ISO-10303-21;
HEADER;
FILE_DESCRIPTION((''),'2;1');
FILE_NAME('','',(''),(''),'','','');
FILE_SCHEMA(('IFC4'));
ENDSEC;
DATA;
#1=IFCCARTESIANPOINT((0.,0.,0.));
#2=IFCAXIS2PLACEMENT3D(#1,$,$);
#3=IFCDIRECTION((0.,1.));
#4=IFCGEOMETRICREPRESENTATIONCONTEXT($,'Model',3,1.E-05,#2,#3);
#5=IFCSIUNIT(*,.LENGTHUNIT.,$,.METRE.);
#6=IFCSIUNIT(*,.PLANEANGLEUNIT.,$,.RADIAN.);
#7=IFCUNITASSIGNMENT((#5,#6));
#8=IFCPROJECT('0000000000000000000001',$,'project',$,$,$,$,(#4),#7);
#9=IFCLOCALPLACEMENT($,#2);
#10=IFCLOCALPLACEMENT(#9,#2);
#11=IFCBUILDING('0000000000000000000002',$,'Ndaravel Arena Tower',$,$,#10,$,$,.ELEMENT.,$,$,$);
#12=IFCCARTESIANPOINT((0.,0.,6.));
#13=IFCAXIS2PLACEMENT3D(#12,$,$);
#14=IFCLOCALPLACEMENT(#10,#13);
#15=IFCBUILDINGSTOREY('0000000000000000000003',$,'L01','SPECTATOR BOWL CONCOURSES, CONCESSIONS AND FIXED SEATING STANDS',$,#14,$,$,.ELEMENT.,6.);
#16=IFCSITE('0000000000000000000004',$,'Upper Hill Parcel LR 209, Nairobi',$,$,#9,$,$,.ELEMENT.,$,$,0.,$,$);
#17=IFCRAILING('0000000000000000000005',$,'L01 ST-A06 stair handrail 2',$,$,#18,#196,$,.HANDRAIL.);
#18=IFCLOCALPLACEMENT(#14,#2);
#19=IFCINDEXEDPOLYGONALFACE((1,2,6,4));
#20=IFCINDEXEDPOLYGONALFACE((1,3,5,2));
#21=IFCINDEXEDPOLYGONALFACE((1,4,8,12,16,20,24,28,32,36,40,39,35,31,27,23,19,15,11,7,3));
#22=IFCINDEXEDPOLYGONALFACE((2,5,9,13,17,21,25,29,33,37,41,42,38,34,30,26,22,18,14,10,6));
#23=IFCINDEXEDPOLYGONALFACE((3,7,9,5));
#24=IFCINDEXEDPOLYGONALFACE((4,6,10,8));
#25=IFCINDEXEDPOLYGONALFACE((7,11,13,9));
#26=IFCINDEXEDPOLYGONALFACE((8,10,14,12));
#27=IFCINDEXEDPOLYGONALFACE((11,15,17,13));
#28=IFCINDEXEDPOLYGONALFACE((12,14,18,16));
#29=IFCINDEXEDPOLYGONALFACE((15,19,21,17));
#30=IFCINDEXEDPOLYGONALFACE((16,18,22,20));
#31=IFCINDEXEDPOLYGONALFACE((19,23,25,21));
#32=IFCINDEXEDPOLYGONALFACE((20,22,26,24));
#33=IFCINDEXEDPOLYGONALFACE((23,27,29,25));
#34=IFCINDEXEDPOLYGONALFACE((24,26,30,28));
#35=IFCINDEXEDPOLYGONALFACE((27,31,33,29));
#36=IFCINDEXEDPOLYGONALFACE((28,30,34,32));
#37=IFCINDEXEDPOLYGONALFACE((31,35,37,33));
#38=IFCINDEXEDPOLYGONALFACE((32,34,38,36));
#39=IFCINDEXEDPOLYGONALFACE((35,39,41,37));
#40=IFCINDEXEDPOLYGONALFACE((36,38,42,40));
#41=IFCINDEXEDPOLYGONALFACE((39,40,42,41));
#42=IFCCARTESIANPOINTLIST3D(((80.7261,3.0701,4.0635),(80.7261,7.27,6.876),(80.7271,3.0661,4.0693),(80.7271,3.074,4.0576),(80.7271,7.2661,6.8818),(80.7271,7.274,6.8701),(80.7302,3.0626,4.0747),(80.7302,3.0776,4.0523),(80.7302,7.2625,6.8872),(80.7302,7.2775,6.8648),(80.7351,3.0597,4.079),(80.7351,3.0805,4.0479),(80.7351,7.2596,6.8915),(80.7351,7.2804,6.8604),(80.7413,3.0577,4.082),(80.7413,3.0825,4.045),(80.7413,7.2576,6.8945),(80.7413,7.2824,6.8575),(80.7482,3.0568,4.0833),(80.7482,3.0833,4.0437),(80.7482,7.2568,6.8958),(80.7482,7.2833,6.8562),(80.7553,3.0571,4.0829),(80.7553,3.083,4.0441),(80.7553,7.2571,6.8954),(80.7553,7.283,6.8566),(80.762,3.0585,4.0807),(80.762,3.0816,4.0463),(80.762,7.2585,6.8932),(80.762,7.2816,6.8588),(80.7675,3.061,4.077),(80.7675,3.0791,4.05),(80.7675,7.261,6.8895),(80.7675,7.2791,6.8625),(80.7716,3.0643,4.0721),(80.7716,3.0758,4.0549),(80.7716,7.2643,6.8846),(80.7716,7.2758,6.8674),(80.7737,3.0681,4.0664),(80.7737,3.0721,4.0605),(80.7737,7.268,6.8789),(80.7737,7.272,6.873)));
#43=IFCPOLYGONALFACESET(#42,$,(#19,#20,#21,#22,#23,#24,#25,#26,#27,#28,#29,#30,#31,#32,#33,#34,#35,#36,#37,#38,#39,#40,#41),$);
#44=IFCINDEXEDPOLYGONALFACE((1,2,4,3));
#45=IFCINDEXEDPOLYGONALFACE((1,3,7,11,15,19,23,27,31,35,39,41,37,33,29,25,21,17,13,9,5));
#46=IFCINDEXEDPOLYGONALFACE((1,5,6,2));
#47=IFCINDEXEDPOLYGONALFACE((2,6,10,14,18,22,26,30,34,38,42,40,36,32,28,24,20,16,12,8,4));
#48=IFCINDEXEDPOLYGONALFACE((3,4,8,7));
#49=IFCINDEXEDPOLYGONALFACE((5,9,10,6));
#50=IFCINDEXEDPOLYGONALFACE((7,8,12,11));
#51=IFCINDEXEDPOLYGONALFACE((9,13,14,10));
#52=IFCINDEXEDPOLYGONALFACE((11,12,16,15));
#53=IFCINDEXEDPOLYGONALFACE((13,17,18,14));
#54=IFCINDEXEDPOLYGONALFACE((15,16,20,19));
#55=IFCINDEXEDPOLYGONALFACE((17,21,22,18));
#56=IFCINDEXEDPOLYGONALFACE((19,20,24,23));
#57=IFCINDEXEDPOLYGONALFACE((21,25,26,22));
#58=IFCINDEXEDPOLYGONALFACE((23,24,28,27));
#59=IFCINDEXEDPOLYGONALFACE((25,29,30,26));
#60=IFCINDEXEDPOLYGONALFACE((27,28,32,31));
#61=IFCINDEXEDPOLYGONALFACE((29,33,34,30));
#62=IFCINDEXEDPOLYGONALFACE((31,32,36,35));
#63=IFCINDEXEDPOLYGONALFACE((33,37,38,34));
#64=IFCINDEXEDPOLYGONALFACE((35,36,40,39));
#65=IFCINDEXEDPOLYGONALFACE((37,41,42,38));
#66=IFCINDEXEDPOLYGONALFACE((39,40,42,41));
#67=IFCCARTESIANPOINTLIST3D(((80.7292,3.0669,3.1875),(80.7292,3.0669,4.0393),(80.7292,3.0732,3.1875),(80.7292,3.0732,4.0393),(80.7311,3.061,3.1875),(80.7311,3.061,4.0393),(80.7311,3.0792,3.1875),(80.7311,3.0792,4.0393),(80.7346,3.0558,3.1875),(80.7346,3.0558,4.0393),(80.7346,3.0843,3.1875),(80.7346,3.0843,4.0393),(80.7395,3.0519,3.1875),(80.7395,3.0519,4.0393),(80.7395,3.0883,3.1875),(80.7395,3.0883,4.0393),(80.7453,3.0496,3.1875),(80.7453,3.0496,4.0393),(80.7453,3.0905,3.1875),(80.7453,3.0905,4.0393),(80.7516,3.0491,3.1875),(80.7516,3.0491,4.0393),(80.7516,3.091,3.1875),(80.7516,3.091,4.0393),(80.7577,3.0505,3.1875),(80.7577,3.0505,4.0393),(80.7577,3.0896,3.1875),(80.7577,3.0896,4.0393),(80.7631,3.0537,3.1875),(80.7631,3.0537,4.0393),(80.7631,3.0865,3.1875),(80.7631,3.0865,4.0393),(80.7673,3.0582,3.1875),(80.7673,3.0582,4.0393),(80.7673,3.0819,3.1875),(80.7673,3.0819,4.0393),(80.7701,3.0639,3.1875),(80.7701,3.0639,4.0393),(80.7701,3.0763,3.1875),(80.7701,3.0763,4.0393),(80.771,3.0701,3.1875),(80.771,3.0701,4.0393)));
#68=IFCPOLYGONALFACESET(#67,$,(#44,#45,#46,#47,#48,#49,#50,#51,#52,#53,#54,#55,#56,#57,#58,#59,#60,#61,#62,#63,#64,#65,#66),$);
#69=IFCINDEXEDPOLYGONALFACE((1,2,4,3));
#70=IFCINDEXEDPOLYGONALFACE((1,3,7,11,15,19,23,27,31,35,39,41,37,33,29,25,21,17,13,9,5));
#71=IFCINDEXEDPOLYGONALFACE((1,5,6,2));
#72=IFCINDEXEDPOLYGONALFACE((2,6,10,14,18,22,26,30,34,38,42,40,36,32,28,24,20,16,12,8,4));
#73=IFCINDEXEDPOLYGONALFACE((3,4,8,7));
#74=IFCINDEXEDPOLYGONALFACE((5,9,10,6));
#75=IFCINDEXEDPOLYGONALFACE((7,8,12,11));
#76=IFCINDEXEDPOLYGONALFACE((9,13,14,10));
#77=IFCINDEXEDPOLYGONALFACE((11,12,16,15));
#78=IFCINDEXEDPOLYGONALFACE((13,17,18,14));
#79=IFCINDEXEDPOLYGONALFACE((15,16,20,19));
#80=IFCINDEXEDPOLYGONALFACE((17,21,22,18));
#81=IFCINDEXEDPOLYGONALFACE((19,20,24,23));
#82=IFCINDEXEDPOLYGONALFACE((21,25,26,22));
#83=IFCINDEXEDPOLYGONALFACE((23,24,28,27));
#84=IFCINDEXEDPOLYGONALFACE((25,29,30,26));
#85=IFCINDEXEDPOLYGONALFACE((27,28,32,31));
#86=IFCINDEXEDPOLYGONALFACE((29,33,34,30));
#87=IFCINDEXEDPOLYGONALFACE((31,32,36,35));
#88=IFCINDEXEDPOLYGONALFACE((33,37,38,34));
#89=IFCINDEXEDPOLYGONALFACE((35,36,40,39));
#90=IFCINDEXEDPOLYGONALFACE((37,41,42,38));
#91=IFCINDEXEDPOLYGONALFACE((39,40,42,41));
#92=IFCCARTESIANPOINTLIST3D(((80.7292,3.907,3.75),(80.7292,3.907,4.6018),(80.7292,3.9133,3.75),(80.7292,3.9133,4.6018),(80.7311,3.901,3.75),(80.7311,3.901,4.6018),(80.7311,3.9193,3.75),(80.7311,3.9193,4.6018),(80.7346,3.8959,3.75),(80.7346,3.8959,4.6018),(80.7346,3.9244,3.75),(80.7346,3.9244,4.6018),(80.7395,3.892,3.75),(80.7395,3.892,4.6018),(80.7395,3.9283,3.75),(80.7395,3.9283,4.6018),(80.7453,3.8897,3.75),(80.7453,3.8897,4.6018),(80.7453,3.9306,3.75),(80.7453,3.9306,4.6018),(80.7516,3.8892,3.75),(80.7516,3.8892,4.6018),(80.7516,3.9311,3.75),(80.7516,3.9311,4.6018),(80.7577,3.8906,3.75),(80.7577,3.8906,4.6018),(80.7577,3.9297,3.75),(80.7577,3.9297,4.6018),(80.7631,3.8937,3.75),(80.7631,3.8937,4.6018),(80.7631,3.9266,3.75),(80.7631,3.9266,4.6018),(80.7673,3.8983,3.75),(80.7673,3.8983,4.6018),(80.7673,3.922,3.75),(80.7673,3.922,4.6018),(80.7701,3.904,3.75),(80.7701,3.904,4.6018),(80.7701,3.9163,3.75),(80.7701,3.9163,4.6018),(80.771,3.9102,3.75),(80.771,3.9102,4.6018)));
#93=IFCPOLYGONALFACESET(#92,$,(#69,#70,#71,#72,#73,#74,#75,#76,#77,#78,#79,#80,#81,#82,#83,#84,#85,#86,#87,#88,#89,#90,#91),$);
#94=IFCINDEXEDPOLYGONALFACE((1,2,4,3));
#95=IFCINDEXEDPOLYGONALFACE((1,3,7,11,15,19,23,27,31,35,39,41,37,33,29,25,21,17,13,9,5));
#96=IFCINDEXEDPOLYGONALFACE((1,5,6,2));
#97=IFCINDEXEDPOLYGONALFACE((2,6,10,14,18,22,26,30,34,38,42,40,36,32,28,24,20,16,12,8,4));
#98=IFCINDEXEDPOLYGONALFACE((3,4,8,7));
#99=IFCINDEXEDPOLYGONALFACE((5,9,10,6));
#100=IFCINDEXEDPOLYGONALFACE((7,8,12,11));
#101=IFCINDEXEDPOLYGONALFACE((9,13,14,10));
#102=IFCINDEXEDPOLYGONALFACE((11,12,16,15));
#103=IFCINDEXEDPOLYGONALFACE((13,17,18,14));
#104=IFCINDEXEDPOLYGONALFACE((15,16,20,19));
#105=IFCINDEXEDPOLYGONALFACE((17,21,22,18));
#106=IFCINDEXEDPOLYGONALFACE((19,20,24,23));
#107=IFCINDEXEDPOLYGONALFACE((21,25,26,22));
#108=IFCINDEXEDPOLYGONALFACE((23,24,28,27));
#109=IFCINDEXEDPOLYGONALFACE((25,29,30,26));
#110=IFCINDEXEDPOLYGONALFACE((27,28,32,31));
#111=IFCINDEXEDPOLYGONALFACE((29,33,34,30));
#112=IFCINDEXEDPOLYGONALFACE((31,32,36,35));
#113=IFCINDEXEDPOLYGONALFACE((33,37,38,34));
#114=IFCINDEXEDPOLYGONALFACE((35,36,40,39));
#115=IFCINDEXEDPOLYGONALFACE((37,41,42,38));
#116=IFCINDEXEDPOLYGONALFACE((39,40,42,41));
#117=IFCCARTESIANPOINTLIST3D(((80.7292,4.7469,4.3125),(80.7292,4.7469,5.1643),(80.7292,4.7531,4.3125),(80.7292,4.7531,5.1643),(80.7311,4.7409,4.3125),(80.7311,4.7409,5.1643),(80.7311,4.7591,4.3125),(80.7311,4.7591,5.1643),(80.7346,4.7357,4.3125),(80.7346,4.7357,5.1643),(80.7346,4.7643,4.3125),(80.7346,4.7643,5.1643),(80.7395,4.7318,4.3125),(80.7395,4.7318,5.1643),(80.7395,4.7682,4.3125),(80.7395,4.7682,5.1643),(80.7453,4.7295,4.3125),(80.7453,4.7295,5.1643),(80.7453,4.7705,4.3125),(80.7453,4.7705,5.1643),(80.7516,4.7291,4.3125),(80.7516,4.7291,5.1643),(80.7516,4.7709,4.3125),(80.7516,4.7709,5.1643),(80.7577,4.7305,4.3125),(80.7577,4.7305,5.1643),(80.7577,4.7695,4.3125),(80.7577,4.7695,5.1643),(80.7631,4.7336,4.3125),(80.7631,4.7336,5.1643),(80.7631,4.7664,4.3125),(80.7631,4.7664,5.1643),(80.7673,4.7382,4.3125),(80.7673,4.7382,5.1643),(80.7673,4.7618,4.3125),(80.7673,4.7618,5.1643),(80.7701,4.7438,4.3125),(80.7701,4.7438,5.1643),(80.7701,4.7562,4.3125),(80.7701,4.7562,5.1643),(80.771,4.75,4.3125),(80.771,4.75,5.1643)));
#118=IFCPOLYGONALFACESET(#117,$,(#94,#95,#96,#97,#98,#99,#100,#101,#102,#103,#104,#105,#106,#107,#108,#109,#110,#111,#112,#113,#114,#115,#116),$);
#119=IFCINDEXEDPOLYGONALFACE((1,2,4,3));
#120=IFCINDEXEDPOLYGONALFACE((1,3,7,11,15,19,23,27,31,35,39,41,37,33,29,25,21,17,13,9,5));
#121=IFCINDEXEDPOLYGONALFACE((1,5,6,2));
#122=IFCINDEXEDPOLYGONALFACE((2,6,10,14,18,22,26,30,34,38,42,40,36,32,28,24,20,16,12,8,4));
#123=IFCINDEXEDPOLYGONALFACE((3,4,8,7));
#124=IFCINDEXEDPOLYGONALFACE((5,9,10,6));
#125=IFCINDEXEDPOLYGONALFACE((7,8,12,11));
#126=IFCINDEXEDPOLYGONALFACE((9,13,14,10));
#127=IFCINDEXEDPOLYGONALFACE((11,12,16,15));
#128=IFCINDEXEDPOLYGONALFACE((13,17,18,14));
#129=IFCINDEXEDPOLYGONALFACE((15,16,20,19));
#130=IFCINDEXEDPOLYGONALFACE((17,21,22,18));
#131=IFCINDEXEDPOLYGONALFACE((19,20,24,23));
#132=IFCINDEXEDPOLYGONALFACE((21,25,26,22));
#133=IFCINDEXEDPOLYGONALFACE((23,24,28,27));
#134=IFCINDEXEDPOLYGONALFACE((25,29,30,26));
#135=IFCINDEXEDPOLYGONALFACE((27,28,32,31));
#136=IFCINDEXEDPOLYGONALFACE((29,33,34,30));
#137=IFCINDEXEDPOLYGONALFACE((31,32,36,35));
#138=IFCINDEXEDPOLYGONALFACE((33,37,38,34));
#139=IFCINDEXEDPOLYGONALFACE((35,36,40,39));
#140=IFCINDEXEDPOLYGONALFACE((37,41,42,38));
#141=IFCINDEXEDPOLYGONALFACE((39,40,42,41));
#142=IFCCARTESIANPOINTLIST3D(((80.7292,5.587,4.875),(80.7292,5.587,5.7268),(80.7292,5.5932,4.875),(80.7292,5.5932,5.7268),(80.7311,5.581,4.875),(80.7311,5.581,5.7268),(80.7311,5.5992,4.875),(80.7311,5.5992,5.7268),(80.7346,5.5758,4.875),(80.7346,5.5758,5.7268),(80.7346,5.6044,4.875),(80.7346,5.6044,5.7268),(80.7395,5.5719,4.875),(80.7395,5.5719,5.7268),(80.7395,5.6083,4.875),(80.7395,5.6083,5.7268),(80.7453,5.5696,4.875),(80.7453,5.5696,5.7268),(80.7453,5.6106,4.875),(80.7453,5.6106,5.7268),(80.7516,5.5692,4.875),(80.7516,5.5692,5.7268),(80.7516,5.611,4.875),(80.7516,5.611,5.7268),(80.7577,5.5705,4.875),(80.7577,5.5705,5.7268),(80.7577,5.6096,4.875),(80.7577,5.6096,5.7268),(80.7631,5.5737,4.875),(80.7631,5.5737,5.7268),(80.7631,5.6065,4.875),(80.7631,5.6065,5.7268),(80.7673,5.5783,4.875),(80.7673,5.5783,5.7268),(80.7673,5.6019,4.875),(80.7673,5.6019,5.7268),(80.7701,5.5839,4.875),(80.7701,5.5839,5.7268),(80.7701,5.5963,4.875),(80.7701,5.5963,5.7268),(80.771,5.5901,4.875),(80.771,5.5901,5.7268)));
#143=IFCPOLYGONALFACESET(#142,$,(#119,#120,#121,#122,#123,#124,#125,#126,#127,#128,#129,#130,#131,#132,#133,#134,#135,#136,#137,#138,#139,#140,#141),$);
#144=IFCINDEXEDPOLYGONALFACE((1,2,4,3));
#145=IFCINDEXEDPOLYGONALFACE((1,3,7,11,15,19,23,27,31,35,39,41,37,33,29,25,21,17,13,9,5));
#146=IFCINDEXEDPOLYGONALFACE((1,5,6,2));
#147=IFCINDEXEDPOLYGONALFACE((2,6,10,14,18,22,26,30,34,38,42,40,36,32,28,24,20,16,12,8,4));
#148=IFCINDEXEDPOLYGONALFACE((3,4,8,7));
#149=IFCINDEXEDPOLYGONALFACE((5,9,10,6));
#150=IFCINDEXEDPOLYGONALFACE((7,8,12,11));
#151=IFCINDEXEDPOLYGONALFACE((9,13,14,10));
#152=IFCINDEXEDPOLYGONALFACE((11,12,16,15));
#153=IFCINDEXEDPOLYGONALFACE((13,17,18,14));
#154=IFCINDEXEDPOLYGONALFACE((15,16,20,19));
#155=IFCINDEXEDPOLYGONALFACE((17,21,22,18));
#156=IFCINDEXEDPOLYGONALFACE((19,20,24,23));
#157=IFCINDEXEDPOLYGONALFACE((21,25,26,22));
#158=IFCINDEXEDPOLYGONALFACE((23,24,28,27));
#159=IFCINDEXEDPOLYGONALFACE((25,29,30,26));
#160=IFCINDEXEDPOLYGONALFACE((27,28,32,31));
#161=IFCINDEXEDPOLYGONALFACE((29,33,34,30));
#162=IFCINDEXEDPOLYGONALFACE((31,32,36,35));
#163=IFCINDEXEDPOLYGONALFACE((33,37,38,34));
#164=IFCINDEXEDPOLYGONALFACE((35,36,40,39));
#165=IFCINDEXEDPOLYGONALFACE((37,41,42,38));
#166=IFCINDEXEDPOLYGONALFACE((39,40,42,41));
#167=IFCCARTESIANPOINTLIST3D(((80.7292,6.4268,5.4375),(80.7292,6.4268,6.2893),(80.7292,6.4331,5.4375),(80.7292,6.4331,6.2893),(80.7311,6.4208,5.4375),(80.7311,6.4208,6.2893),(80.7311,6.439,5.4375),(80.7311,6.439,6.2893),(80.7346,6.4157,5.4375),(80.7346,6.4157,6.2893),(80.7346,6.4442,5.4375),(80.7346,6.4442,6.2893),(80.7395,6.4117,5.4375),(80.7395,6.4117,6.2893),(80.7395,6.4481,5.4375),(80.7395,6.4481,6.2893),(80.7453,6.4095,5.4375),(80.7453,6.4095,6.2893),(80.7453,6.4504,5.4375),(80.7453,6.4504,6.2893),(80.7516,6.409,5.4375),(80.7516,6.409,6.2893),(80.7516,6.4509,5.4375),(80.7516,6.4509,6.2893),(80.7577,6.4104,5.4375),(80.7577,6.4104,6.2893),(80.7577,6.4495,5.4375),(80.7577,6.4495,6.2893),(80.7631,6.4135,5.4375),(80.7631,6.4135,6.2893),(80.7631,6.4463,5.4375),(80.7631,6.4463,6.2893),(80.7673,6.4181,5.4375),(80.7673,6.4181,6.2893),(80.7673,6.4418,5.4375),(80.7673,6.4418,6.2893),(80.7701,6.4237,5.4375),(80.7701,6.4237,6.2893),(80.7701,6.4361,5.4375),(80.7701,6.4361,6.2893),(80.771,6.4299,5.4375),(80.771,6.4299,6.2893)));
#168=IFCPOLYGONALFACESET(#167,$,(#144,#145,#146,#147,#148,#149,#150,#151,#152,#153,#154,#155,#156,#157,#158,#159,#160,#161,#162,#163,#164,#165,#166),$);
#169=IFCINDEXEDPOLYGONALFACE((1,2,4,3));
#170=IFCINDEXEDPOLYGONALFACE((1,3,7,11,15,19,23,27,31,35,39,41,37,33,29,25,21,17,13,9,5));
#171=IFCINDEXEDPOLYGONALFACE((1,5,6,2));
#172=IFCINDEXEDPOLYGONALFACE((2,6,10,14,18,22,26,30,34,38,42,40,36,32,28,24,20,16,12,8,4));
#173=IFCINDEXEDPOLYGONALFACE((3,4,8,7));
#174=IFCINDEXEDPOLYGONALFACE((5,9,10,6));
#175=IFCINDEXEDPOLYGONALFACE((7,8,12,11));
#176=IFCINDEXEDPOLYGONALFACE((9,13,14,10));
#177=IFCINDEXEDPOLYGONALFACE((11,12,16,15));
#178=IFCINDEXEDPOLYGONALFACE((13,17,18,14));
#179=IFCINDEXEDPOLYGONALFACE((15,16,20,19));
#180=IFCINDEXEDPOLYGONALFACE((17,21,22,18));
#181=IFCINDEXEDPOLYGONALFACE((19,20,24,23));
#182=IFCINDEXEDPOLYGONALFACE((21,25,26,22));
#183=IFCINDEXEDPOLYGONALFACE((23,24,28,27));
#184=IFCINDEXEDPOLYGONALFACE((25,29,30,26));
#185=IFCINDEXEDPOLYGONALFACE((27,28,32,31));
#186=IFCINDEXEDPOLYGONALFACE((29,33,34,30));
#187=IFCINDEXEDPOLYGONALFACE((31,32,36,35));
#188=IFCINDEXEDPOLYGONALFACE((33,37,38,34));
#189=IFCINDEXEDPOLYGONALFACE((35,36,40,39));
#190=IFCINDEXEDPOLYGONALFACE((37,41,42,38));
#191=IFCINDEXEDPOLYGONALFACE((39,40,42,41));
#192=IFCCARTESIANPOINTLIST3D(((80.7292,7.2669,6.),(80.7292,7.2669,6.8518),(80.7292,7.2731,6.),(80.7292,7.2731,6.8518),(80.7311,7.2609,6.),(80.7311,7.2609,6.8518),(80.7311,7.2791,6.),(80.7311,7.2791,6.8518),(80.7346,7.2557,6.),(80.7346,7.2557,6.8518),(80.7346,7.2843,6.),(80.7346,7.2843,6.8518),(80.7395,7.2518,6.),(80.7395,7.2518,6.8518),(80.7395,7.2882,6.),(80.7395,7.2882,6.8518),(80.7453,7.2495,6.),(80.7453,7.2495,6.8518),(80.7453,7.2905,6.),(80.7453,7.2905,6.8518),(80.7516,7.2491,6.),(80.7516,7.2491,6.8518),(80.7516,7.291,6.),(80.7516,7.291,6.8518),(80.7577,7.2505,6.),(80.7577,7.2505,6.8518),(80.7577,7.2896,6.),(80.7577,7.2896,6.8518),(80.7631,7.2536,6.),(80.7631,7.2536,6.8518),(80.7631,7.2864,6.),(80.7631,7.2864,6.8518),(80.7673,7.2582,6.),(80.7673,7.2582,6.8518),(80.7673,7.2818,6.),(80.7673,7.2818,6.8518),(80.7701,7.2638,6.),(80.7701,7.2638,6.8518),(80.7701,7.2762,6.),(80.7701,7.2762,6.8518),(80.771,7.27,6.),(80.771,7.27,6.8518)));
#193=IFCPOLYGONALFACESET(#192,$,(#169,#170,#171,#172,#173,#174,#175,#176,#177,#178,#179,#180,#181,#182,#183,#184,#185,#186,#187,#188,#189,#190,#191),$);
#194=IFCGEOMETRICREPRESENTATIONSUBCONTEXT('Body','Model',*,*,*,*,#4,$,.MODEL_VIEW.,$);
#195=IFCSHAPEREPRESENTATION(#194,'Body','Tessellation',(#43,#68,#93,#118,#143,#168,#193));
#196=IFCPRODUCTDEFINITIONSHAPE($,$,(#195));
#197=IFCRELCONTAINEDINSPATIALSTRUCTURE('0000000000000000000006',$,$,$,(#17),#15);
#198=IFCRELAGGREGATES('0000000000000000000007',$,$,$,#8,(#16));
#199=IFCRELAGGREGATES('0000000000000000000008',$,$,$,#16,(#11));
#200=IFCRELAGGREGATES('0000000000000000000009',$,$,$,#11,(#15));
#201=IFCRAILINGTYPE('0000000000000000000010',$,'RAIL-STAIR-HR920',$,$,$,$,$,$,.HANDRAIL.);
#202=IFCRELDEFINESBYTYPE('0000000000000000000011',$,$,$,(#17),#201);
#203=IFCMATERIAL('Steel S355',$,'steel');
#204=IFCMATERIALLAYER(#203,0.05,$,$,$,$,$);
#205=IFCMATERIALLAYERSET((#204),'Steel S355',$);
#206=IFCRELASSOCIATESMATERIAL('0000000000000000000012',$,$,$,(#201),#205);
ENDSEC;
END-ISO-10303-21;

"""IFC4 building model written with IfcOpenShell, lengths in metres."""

from ifc_helpers import new_model, si_unit, direction, frame, origin, origin_2d, place, context, subcontext, project, spatial, circle, extrude, material, layer, layer_set, type_object, element, save


model = new_model("IFC4")

# Units and contexts
model_context = context("Model", 3, precision=1e-05, world=origin(), true_north=direction((0.0, 1.0)))
body_context = subcontext(model_context, "Body", "Model", "MODEL_VIEW")
ifc_project = project(units=[si_unit("LENGTHUNIT", "METRE"), si_unit("PLANEANGLEUNIT", "RADIAN")], contexts=[model_context])

# Site, building, storey
site_placement = place(None, origin())
site = spatial("IfcSite", under=ifc_project, at=site_placement, Name="Upper Hill Parcel LR 209, Nairobi", CompositionType="ELEMENT", RefElevation=0.0)
building_placement = place(site_placement, origin())
building = spatial("IfcBuilding", under=site, at=building_placement, Name="Ndaravel Arena Tower", CompositionType="ELEMENT")
storey_placement = place(building_placement, frame((0.0, 0.0, 6.0)))
storey = spatial("IfcBuildingStorey", under=building, at=storey_placement, Name="L01", Description="SPECTATOR BOWL CONCOURSES, CONCESSIONS AND FIXED SEATING STANDS", CompositionType="ELEMENT", Elevation=6.0)

# Railing
ifc_material_1 = material(Name="Steel S355", Category="steel")
ifc_layer_1 = layer(ifc_material_1, 0.05)
ifc_layer_set_1 = layer_set([ifc_layer_1], Name="Steel S355")
railing_type_1 = type_object("IfcRailingType", Name="RAIL-STAIR-HR920", PredefinedType="HANDRAIL", material=ifc_layer_set_1)
railing_1_placement = place(storey_placement, frame((80.75, 3.0701, 3.1875)))
element("IfcRailing", 1, at=railing_1_placement, inside=storey, type_object=railing_type_1, Name="L01 ST-A06 stair handrail 2", PredefinedType="HANDRAIL", context=body_context, shape_type="SweptSolid", body=[
    extrude(circle(Radius=0.0239, at=origin_2d()), frame((0.0, 0.0, 0.876), z_axis=(0.0, 0.830904, 0.556416), x_axis=(-1.0, 0.0, 0.0)), (0.0, 0.0, 1.0), 5.0547),
    extrude(circle(Radius=0.021, at=origin_2d()), origin(), (0.0, 0.0, 1.0), 0.8518),
    extrude(circle(Radius=0.021, at=origin_2d()), frame((0.0, 0.8401, 0.5625)), (0.0, 0.0, 1.0), 0.8518),
    extrude(circle(Radius=0.021, at=origin_2d()), frame((0.0, 1.6799, 1.125)), (0.0, 0.0, 1.0), 0.8518),
    extrude(circle(Radius=0.021, at=origin_2d()), frame((0.0, 2.52, 1.6875)), (0.0, 0.0, 1.0), 0.8518),
    extrude(circle(Radius=0.021, at=origin_2d()), frame((0.0, 3.3599, 2.25)), (0.0, 0.0, 1.0), 0.8518),
    extrude(circle(Radius=0.021, at=origin_2d()), frame((0.0, 4.2, 2.8125)), (0.0, 0.0, 1.0), 0.8518),
])

save(model, "model.ifc")
